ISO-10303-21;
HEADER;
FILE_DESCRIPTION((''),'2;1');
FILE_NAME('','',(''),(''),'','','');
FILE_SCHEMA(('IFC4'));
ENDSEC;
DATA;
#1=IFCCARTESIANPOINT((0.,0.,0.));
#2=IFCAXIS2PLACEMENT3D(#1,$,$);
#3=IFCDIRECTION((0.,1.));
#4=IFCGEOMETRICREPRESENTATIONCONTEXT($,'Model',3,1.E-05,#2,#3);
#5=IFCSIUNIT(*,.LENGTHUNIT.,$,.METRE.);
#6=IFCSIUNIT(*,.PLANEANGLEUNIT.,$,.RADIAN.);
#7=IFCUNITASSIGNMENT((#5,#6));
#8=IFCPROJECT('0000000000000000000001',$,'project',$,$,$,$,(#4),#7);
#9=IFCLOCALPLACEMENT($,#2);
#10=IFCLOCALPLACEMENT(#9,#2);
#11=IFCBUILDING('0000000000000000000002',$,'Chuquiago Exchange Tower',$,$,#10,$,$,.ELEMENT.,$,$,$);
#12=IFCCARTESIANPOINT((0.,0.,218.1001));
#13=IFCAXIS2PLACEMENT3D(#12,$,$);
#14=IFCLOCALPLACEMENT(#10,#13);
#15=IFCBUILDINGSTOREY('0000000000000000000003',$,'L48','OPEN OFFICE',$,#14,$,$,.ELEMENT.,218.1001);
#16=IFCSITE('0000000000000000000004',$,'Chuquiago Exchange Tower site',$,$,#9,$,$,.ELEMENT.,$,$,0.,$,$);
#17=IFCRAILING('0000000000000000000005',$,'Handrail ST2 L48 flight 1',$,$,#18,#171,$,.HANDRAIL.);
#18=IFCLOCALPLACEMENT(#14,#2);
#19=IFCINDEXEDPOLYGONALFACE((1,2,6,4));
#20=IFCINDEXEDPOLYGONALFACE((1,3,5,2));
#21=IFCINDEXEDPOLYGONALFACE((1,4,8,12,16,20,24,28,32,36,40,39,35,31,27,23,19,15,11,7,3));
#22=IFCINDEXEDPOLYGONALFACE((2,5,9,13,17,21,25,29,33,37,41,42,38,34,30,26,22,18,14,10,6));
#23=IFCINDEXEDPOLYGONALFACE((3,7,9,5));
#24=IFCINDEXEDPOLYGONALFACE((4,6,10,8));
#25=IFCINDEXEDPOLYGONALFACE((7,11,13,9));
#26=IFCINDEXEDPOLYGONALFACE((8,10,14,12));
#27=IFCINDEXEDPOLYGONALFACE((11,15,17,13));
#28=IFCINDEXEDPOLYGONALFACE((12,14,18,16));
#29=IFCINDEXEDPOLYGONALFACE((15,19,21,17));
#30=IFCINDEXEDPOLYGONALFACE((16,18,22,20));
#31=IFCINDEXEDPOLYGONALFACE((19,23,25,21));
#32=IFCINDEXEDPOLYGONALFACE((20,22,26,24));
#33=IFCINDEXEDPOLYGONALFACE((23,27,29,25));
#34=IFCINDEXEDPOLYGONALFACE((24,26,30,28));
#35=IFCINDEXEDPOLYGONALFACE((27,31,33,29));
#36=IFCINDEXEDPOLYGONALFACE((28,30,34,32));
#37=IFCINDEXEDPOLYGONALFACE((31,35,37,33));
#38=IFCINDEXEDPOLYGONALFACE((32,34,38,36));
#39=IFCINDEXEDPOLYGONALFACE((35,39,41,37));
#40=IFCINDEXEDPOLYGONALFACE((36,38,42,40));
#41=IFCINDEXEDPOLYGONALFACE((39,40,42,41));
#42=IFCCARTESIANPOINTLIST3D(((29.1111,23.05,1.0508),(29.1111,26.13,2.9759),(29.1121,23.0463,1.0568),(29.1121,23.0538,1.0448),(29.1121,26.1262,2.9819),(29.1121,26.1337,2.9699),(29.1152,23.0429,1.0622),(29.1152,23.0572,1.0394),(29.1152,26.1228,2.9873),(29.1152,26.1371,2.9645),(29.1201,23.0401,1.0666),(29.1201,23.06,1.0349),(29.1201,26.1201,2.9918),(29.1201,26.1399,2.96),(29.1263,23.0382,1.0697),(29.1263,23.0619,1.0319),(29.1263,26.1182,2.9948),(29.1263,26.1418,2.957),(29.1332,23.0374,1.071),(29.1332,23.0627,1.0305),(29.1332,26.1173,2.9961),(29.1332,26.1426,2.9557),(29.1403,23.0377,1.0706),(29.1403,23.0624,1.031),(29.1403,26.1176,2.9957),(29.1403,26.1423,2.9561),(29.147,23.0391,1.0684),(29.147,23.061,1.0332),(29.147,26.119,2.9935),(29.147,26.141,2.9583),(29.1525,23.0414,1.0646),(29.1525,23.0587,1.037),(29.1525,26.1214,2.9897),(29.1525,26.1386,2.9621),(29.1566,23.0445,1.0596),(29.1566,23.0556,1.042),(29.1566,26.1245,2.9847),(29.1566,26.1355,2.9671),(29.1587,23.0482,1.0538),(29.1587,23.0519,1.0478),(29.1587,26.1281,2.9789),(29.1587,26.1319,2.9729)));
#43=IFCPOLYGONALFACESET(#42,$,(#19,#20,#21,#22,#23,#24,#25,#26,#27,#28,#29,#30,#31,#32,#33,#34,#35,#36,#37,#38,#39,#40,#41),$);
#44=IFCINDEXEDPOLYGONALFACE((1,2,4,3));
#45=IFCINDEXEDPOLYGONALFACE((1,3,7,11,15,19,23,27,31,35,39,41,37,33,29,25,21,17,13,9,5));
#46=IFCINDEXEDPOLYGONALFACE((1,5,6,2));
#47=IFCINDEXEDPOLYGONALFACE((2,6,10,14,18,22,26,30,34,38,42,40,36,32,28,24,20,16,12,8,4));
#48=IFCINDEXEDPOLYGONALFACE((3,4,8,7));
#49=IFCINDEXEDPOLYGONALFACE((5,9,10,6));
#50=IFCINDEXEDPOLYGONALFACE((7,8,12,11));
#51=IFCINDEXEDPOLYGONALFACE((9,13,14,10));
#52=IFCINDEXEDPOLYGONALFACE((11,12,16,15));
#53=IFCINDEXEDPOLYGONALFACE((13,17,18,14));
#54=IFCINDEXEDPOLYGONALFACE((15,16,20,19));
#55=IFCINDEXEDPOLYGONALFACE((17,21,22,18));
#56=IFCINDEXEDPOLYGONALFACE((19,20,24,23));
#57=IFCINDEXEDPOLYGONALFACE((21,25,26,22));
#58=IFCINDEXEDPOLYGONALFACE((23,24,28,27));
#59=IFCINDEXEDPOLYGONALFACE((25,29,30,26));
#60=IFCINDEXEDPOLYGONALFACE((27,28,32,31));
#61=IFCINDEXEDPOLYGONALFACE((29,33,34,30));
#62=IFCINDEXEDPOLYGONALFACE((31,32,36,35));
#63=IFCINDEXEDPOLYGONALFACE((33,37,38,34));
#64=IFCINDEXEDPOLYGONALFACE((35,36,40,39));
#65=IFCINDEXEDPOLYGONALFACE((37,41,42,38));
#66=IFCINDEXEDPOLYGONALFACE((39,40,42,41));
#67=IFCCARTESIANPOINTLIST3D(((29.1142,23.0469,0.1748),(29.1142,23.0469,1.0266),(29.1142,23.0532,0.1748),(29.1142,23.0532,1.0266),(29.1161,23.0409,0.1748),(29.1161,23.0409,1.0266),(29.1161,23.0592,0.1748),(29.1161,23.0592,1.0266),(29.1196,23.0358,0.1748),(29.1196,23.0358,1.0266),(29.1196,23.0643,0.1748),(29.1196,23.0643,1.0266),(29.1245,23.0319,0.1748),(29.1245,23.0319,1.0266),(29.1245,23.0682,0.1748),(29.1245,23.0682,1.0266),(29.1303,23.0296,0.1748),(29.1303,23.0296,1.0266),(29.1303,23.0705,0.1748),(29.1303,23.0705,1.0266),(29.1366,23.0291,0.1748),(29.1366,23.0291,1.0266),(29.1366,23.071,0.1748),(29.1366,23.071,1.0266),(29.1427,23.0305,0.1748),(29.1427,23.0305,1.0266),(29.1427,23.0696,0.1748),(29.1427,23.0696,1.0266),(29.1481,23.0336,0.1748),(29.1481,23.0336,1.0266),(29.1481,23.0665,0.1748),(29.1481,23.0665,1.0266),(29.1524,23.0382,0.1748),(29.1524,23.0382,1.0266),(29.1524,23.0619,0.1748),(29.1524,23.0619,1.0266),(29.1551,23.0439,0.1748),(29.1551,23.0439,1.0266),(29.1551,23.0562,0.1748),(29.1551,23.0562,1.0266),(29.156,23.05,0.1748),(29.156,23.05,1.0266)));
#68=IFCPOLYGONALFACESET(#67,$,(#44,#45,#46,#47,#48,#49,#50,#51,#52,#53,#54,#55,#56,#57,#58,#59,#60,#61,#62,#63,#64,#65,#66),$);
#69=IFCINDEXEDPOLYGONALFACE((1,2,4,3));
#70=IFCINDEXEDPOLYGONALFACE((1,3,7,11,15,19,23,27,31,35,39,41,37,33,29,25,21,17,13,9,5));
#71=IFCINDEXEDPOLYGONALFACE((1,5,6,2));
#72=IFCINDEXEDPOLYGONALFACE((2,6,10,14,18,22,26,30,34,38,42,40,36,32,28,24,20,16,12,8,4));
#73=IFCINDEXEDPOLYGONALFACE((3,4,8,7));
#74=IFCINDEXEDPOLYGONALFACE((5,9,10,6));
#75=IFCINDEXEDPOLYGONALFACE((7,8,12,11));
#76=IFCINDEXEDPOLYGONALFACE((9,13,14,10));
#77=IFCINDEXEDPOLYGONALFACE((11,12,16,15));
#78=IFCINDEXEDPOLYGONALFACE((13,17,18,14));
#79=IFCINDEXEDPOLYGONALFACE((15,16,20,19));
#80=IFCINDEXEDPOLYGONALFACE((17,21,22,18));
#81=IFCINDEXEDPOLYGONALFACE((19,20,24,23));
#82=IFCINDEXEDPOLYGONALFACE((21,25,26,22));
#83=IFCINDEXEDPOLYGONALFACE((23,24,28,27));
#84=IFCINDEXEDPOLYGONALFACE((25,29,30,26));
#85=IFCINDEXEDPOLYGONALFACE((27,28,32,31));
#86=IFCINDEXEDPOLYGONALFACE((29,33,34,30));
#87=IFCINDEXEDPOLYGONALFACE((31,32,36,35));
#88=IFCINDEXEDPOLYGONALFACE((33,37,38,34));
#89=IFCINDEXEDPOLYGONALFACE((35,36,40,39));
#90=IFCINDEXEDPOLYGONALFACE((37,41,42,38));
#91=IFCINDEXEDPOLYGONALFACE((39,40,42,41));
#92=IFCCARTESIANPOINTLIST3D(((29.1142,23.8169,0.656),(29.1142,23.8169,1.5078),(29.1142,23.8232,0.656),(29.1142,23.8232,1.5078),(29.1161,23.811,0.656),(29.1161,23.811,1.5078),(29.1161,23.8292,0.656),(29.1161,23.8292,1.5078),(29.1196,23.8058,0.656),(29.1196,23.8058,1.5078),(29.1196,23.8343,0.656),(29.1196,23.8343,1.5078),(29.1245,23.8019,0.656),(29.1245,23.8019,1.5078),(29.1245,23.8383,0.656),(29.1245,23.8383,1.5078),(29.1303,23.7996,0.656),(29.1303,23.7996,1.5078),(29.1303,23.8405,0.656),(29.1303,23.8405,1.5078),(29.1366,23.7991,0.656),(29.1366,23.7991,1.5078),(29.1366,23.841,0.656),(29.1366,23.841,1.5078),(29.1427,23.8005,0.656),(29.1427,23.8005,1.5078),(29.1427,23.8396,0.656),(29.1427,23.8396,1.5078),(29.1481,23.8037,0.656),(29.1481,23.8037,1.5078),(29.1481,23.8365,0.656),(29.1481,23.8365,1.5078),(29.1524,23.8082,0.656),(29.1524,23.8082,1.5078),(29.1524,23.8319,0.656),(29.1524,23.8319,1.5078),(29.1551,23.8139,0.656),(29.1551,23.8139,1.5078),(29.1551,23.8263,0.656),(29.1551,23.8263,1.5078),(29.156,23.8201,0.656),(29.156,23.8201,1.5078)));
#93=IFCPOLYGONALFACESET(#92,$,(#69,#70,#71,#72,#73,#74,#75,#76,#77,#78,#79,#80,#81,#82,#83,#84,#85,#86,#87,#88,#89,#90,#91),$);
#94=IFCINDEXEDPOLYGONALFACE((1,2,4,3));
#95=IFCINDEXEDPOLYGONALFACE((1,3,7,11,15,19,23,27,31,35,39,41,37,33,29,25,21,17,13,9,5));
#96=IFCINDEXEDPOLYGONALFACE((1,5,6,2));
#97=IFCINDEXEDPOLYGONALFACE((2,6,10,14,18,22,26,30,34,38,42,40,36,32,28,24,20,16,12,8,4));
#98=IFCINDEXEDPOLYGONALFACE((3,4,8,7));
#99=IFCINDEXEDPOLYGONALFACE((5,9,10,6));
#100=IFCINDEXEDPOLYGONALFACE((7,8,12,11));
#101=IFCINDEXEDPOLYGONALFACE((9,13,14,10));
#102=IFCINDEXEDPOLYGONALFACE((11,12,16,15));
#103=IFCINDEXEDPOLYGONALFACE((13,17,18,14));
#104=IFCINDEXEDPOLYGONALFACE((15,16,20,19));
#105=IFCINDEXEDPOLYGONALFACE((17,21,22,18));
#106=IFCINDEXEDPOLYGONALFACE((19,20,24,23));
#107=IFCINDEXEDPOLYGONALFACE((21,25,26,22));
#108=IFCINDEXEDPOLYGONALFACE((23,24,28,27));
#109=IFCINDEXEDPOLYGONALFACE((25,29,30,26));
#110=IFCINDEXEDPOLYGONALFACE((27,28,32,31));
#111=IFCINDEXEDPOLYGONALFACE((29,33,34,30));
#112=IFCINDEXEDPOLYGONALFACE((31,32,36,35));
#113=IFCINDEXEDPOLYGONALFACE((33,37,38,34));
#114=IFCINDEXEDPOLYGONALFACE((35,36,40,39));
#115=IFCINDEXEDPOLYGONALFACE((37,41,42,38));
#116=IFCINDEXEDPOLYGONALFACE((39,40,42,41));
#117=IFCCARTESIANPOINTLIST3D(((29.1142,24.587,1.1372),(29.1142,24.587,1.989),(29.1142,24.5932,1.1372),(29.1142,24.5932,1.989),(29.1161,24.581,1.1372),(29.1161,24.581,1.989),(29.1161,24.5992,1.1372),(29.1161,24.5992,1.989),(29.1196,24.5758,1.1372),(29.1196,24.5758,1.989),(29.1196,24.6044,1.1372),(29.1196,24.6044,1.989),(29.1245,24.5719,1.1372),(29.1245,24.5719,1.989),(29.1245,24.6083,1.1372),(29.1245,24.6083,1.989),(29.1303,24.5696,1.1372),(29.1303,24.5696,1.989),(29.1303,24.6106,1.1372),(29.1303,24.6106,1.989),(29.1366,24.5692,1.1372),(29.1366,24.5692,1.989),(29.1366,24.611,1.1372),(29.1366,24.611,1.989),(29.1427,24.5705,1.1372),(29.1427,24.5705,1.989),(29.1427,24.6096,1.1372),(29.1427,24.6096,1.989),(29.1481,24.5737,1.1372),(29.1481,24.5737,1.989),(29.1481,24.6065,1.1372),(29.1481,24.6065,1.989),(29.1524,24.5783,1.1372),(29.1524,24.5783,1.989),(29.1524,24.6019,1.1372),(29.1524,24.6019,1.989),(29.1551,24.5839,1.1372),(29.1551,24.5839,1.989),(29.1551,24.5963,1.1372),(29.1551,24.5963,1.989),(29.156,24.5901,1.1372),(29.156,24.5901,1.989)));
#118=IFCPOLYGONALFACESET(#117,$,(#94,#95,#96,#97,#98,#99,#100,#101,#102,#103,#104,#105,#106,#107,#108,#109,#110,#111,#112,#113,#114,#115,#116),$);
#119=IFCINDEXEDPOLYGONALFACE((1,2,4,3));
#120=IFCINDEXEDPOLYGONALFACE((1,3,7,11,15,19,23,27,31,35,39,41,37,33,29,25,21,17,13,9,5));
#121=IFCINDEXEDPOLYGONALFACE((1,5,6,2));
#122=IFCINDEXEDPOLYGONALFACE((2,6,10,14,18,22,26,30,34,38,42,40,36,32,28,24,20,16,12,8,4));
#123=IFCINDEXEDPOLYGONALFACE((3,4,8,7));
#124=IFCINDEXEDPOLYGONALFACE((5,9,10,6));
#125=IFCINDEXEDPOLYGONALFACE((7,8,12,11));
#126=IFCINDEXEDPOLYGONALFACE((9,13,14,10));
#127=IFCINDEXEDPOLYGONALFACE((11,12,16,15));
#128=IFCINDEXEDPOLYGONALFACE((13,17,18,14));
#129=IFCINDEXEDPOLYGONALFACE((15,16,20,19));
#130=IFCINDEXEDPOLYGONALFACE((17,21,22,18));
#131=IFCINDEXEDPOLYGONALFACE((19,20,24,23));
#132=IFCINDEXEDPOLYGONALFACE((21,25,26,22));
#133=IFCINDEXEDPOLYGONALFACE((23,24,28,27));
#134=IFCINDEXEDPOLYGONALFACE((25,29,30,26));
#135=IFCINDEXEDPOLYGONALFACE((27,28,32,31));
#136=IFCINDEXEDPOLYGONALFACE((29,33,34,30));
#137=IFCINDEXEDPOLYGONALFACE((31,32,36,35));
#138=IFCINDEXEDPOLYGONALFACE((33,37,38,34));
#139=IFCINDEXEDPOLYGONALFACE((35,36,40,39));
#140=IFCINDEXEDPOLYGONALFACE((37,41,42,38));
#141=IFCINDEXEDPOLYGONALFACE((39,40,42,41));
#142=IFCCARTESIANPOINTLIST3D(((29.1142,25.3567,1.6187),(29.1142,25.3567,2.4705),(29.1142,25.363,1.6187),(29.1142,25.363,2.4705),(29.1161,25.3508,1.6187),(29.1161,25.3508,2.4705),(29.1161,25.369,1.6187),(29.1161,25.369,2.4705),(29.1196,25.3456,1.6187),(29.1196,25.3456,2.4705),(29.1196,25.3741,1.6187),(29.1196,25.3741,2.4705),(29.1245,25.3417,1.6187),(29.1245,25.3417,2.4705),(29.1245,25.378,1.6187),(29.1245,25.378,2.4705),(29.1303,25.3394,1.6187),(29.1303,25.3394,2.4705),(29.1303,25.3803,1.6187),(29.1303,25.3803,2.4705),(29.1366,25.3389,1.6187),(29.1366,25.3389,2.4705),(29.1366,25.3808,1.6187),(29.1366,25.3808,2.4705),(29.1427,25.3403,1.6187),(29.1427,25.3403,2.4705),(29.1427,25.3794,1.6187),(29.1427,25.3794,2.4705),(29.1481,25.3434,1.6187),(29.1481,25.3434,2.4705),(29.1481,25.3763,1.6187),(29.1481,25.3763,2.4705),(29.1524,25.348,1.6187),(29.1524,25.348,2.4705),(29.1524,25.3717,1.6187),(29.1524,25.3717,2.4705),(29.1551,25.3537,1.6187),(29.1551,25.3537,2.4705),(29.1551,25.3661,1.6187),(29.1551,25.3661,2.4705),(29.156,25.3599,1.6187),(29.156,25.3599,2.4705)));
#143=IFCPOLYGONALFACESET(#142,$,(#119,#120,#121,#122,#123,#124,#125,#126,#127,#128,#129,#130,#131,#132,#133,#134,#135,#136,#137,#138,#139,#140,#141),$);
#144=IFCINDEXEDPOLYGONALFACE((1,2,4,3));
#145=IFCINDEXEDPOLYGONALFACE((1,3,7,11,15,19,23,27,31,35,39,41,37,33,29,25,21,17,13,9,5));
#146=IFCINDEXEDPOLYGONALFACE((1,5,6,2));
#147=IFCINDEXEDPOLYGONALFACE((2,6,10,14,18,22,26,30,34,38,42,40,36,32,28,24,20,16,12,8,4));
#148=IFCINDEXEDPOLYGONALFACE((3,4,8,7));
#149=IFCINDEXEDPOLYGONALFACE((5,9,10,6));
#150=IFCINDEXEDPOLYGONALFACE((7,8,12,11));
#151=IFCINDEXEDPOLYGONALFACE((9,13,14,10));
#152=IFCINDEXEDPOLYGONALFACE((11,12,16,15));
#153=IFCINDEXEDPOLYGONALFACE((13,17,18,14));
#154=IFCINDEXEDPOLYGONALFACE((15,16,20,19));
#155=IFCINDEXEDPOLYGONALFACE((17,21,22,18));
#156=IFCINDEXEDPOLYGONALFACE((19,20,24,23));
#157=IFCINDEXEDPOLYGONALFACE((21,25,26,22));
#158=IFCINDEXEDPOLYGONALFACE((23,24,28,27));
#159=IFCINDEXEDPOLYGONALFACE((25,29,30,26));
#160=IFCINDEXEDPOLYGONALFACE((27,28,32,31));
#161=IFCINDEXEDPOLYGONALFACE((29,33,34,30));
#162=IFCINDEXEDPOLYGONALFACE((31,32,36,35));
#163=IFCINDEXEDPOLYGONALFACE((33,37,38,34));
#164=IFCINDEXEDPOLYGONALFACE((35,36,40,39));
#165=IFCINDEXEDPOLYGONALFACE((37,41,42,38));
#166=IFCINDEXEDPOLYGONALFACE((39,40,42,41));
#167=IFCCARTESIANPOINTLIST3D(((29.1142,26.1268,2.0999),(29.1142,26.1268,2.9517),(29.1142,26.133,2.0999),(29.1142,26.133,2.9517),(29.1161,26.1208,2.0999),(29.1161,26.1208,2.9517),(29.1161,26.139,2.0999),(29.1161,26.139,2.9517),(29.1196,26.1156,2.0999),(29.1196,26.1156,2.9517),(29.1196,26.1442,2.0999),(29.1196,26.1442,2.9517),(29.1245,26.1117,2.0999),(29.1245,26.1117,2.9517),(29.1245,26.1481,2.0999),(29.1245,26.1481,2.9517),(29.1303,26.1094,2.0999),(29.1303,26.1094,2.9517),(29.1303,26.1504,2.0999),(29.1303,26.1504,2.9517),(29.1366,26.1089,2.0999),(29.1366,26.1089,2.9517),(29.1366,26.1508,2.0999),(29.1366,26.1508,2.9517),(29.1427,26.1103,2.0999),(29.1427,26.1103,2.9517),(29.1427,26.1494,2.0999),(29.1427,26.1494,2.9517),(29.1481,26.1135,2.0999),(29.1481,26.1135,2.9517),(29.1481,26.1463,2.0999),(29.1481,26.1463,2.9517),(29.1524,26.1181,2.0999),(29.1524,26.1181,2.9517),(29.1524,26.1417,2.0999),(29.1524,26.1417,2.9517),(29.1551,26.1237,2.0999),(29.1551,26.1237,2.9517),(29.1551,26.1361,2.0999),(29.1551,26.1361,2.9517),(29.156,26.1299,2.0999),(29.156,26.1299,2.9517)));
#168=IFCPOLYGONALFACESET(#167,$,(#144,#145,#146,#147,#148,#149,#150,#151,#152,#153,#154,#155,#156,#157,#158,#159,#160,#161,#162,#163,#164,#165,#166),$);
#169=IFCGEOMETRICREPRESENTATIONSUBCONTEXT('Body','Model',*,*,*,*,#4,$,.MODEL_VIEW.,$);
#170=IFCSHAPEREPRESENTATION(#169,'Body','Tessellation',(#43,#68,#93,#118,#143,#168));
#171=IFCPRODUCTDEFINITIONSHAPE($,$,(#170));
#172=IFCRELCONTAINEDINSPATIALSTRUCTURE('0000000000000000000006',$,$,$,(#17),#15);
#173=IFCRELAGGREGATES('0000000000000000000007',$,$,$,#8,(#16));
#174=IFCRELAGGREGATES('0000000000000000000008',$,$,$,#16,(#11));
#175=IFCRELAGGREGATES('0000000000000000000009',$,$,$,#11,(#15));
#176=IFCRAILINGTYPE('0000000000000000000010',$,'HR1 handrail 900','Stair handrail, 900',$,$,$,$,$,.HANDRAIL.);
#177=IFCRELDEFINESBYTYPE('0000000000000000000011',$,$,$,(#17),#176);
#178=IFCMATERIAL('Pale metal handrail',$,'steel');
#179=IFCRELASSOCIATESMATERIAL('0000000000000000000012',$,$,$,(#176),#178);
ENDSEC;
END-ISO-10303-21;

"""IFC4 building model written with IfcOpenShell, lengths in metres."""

from ifc_helpers import new_model, si_unit, direction, frame, origin, origin_2d, place, context, subcontext, project, spatial, circle, extrude, material, type_object, element, save


model = new_model("IFC4")

# Units and contexts
model_context = context("Model", 3, precision=1e-05, world=origin(), true_north=direction((0.0, 1.0)))
body_context = subcontext(model_context, "Body", "Model", "MODEL_VIEW")
ifc_project = project(units=[si_unit("LENGTHUNIT", "METRE"), si_unit("PLANEANGLEUNIT", "RADIAN")], contexts=[model_context])

# Site, building, storey
site_placement = place(None, origin())
site = spatial("IfcSite", under=ifc_project, at=site_placement, Name="Chuquiago Exchange Tower site", CompositionType="ELEMENT", RefElevation=0.0)
building_placement = place(site_placement, origin())
building = spatial("IfcBuilding", under=site, at=building_placement, Name="Chuquiago Exchange Tower", CompositionType="ELEMENT")
storey_placement = place(building_placement, frame((0.0, 0.0, 218.1001)))
storey = spatial("IfcBuildingStorey", under=building, at=storey_placement, Name="L48", Description="OPEN OFFICE", CompositionType="ELEMENT", Elevation=218.1001)

# Railing
ifc_material_1 = material(Name="Pale metal handrail", Category="steel")
railing_type_1 = type_object("IfcRailingType", Name="HR1 handrail 900", Description="Stair handrail, 900", PredefinedType="HANDRAIL", material=ifc_material_1)
for number, where, name in (
    (1, (29.135, 23.05, 0.1748), "Handrail ST2 L48 flight 1"),
):
    element("IfcRailing", number, at=place(storey_placement, frame(where)), inside=storey, type_object=railing_type_1, Name=name, PredefinedType="HANDRAIL", context=body_context, shape_type="SweptSolid", body=[
        extrude(circle(Radius=0.0239, at=origin_2d()), frame((0.0, 0.0, 0.876), z_axis=(0.0, 0.847979, 0.530029), x_axis=(-1.0, 0.0, 0.0)), (0.0, 0.0, 1.0), 3.6321),
        extrude(circle(Radius=0.021, at=origin_2d()), origin(), (0.0, 0.0, 1.0), 0.8518),
        extrude(circle(Radius=0.021, at=origin_2d()), frame((0.0, 0.77, 0.4812)), (0.0, 0.0, 1.0), 0.8518),
        extrude(circle(Radius=0.021, at=origin_2d()), frame((0.0, 1.54, 0.9624)), (0.0, 0.0, 1.0), 0.8518),
        extrude(circle(Radius=0.021, at=origin_2d()), frame((0.0, 2.3098, 1.4438)), (0.0, 0.0, 1.0), 0.8518),
        extrude(circle(Radius=0.021, at=origin_2d()), frame((0.0, 3.0798, 1.925)), (0.0, 0.0, 1.0), 0.8518),
    ])

save(model, "model.ifc")
